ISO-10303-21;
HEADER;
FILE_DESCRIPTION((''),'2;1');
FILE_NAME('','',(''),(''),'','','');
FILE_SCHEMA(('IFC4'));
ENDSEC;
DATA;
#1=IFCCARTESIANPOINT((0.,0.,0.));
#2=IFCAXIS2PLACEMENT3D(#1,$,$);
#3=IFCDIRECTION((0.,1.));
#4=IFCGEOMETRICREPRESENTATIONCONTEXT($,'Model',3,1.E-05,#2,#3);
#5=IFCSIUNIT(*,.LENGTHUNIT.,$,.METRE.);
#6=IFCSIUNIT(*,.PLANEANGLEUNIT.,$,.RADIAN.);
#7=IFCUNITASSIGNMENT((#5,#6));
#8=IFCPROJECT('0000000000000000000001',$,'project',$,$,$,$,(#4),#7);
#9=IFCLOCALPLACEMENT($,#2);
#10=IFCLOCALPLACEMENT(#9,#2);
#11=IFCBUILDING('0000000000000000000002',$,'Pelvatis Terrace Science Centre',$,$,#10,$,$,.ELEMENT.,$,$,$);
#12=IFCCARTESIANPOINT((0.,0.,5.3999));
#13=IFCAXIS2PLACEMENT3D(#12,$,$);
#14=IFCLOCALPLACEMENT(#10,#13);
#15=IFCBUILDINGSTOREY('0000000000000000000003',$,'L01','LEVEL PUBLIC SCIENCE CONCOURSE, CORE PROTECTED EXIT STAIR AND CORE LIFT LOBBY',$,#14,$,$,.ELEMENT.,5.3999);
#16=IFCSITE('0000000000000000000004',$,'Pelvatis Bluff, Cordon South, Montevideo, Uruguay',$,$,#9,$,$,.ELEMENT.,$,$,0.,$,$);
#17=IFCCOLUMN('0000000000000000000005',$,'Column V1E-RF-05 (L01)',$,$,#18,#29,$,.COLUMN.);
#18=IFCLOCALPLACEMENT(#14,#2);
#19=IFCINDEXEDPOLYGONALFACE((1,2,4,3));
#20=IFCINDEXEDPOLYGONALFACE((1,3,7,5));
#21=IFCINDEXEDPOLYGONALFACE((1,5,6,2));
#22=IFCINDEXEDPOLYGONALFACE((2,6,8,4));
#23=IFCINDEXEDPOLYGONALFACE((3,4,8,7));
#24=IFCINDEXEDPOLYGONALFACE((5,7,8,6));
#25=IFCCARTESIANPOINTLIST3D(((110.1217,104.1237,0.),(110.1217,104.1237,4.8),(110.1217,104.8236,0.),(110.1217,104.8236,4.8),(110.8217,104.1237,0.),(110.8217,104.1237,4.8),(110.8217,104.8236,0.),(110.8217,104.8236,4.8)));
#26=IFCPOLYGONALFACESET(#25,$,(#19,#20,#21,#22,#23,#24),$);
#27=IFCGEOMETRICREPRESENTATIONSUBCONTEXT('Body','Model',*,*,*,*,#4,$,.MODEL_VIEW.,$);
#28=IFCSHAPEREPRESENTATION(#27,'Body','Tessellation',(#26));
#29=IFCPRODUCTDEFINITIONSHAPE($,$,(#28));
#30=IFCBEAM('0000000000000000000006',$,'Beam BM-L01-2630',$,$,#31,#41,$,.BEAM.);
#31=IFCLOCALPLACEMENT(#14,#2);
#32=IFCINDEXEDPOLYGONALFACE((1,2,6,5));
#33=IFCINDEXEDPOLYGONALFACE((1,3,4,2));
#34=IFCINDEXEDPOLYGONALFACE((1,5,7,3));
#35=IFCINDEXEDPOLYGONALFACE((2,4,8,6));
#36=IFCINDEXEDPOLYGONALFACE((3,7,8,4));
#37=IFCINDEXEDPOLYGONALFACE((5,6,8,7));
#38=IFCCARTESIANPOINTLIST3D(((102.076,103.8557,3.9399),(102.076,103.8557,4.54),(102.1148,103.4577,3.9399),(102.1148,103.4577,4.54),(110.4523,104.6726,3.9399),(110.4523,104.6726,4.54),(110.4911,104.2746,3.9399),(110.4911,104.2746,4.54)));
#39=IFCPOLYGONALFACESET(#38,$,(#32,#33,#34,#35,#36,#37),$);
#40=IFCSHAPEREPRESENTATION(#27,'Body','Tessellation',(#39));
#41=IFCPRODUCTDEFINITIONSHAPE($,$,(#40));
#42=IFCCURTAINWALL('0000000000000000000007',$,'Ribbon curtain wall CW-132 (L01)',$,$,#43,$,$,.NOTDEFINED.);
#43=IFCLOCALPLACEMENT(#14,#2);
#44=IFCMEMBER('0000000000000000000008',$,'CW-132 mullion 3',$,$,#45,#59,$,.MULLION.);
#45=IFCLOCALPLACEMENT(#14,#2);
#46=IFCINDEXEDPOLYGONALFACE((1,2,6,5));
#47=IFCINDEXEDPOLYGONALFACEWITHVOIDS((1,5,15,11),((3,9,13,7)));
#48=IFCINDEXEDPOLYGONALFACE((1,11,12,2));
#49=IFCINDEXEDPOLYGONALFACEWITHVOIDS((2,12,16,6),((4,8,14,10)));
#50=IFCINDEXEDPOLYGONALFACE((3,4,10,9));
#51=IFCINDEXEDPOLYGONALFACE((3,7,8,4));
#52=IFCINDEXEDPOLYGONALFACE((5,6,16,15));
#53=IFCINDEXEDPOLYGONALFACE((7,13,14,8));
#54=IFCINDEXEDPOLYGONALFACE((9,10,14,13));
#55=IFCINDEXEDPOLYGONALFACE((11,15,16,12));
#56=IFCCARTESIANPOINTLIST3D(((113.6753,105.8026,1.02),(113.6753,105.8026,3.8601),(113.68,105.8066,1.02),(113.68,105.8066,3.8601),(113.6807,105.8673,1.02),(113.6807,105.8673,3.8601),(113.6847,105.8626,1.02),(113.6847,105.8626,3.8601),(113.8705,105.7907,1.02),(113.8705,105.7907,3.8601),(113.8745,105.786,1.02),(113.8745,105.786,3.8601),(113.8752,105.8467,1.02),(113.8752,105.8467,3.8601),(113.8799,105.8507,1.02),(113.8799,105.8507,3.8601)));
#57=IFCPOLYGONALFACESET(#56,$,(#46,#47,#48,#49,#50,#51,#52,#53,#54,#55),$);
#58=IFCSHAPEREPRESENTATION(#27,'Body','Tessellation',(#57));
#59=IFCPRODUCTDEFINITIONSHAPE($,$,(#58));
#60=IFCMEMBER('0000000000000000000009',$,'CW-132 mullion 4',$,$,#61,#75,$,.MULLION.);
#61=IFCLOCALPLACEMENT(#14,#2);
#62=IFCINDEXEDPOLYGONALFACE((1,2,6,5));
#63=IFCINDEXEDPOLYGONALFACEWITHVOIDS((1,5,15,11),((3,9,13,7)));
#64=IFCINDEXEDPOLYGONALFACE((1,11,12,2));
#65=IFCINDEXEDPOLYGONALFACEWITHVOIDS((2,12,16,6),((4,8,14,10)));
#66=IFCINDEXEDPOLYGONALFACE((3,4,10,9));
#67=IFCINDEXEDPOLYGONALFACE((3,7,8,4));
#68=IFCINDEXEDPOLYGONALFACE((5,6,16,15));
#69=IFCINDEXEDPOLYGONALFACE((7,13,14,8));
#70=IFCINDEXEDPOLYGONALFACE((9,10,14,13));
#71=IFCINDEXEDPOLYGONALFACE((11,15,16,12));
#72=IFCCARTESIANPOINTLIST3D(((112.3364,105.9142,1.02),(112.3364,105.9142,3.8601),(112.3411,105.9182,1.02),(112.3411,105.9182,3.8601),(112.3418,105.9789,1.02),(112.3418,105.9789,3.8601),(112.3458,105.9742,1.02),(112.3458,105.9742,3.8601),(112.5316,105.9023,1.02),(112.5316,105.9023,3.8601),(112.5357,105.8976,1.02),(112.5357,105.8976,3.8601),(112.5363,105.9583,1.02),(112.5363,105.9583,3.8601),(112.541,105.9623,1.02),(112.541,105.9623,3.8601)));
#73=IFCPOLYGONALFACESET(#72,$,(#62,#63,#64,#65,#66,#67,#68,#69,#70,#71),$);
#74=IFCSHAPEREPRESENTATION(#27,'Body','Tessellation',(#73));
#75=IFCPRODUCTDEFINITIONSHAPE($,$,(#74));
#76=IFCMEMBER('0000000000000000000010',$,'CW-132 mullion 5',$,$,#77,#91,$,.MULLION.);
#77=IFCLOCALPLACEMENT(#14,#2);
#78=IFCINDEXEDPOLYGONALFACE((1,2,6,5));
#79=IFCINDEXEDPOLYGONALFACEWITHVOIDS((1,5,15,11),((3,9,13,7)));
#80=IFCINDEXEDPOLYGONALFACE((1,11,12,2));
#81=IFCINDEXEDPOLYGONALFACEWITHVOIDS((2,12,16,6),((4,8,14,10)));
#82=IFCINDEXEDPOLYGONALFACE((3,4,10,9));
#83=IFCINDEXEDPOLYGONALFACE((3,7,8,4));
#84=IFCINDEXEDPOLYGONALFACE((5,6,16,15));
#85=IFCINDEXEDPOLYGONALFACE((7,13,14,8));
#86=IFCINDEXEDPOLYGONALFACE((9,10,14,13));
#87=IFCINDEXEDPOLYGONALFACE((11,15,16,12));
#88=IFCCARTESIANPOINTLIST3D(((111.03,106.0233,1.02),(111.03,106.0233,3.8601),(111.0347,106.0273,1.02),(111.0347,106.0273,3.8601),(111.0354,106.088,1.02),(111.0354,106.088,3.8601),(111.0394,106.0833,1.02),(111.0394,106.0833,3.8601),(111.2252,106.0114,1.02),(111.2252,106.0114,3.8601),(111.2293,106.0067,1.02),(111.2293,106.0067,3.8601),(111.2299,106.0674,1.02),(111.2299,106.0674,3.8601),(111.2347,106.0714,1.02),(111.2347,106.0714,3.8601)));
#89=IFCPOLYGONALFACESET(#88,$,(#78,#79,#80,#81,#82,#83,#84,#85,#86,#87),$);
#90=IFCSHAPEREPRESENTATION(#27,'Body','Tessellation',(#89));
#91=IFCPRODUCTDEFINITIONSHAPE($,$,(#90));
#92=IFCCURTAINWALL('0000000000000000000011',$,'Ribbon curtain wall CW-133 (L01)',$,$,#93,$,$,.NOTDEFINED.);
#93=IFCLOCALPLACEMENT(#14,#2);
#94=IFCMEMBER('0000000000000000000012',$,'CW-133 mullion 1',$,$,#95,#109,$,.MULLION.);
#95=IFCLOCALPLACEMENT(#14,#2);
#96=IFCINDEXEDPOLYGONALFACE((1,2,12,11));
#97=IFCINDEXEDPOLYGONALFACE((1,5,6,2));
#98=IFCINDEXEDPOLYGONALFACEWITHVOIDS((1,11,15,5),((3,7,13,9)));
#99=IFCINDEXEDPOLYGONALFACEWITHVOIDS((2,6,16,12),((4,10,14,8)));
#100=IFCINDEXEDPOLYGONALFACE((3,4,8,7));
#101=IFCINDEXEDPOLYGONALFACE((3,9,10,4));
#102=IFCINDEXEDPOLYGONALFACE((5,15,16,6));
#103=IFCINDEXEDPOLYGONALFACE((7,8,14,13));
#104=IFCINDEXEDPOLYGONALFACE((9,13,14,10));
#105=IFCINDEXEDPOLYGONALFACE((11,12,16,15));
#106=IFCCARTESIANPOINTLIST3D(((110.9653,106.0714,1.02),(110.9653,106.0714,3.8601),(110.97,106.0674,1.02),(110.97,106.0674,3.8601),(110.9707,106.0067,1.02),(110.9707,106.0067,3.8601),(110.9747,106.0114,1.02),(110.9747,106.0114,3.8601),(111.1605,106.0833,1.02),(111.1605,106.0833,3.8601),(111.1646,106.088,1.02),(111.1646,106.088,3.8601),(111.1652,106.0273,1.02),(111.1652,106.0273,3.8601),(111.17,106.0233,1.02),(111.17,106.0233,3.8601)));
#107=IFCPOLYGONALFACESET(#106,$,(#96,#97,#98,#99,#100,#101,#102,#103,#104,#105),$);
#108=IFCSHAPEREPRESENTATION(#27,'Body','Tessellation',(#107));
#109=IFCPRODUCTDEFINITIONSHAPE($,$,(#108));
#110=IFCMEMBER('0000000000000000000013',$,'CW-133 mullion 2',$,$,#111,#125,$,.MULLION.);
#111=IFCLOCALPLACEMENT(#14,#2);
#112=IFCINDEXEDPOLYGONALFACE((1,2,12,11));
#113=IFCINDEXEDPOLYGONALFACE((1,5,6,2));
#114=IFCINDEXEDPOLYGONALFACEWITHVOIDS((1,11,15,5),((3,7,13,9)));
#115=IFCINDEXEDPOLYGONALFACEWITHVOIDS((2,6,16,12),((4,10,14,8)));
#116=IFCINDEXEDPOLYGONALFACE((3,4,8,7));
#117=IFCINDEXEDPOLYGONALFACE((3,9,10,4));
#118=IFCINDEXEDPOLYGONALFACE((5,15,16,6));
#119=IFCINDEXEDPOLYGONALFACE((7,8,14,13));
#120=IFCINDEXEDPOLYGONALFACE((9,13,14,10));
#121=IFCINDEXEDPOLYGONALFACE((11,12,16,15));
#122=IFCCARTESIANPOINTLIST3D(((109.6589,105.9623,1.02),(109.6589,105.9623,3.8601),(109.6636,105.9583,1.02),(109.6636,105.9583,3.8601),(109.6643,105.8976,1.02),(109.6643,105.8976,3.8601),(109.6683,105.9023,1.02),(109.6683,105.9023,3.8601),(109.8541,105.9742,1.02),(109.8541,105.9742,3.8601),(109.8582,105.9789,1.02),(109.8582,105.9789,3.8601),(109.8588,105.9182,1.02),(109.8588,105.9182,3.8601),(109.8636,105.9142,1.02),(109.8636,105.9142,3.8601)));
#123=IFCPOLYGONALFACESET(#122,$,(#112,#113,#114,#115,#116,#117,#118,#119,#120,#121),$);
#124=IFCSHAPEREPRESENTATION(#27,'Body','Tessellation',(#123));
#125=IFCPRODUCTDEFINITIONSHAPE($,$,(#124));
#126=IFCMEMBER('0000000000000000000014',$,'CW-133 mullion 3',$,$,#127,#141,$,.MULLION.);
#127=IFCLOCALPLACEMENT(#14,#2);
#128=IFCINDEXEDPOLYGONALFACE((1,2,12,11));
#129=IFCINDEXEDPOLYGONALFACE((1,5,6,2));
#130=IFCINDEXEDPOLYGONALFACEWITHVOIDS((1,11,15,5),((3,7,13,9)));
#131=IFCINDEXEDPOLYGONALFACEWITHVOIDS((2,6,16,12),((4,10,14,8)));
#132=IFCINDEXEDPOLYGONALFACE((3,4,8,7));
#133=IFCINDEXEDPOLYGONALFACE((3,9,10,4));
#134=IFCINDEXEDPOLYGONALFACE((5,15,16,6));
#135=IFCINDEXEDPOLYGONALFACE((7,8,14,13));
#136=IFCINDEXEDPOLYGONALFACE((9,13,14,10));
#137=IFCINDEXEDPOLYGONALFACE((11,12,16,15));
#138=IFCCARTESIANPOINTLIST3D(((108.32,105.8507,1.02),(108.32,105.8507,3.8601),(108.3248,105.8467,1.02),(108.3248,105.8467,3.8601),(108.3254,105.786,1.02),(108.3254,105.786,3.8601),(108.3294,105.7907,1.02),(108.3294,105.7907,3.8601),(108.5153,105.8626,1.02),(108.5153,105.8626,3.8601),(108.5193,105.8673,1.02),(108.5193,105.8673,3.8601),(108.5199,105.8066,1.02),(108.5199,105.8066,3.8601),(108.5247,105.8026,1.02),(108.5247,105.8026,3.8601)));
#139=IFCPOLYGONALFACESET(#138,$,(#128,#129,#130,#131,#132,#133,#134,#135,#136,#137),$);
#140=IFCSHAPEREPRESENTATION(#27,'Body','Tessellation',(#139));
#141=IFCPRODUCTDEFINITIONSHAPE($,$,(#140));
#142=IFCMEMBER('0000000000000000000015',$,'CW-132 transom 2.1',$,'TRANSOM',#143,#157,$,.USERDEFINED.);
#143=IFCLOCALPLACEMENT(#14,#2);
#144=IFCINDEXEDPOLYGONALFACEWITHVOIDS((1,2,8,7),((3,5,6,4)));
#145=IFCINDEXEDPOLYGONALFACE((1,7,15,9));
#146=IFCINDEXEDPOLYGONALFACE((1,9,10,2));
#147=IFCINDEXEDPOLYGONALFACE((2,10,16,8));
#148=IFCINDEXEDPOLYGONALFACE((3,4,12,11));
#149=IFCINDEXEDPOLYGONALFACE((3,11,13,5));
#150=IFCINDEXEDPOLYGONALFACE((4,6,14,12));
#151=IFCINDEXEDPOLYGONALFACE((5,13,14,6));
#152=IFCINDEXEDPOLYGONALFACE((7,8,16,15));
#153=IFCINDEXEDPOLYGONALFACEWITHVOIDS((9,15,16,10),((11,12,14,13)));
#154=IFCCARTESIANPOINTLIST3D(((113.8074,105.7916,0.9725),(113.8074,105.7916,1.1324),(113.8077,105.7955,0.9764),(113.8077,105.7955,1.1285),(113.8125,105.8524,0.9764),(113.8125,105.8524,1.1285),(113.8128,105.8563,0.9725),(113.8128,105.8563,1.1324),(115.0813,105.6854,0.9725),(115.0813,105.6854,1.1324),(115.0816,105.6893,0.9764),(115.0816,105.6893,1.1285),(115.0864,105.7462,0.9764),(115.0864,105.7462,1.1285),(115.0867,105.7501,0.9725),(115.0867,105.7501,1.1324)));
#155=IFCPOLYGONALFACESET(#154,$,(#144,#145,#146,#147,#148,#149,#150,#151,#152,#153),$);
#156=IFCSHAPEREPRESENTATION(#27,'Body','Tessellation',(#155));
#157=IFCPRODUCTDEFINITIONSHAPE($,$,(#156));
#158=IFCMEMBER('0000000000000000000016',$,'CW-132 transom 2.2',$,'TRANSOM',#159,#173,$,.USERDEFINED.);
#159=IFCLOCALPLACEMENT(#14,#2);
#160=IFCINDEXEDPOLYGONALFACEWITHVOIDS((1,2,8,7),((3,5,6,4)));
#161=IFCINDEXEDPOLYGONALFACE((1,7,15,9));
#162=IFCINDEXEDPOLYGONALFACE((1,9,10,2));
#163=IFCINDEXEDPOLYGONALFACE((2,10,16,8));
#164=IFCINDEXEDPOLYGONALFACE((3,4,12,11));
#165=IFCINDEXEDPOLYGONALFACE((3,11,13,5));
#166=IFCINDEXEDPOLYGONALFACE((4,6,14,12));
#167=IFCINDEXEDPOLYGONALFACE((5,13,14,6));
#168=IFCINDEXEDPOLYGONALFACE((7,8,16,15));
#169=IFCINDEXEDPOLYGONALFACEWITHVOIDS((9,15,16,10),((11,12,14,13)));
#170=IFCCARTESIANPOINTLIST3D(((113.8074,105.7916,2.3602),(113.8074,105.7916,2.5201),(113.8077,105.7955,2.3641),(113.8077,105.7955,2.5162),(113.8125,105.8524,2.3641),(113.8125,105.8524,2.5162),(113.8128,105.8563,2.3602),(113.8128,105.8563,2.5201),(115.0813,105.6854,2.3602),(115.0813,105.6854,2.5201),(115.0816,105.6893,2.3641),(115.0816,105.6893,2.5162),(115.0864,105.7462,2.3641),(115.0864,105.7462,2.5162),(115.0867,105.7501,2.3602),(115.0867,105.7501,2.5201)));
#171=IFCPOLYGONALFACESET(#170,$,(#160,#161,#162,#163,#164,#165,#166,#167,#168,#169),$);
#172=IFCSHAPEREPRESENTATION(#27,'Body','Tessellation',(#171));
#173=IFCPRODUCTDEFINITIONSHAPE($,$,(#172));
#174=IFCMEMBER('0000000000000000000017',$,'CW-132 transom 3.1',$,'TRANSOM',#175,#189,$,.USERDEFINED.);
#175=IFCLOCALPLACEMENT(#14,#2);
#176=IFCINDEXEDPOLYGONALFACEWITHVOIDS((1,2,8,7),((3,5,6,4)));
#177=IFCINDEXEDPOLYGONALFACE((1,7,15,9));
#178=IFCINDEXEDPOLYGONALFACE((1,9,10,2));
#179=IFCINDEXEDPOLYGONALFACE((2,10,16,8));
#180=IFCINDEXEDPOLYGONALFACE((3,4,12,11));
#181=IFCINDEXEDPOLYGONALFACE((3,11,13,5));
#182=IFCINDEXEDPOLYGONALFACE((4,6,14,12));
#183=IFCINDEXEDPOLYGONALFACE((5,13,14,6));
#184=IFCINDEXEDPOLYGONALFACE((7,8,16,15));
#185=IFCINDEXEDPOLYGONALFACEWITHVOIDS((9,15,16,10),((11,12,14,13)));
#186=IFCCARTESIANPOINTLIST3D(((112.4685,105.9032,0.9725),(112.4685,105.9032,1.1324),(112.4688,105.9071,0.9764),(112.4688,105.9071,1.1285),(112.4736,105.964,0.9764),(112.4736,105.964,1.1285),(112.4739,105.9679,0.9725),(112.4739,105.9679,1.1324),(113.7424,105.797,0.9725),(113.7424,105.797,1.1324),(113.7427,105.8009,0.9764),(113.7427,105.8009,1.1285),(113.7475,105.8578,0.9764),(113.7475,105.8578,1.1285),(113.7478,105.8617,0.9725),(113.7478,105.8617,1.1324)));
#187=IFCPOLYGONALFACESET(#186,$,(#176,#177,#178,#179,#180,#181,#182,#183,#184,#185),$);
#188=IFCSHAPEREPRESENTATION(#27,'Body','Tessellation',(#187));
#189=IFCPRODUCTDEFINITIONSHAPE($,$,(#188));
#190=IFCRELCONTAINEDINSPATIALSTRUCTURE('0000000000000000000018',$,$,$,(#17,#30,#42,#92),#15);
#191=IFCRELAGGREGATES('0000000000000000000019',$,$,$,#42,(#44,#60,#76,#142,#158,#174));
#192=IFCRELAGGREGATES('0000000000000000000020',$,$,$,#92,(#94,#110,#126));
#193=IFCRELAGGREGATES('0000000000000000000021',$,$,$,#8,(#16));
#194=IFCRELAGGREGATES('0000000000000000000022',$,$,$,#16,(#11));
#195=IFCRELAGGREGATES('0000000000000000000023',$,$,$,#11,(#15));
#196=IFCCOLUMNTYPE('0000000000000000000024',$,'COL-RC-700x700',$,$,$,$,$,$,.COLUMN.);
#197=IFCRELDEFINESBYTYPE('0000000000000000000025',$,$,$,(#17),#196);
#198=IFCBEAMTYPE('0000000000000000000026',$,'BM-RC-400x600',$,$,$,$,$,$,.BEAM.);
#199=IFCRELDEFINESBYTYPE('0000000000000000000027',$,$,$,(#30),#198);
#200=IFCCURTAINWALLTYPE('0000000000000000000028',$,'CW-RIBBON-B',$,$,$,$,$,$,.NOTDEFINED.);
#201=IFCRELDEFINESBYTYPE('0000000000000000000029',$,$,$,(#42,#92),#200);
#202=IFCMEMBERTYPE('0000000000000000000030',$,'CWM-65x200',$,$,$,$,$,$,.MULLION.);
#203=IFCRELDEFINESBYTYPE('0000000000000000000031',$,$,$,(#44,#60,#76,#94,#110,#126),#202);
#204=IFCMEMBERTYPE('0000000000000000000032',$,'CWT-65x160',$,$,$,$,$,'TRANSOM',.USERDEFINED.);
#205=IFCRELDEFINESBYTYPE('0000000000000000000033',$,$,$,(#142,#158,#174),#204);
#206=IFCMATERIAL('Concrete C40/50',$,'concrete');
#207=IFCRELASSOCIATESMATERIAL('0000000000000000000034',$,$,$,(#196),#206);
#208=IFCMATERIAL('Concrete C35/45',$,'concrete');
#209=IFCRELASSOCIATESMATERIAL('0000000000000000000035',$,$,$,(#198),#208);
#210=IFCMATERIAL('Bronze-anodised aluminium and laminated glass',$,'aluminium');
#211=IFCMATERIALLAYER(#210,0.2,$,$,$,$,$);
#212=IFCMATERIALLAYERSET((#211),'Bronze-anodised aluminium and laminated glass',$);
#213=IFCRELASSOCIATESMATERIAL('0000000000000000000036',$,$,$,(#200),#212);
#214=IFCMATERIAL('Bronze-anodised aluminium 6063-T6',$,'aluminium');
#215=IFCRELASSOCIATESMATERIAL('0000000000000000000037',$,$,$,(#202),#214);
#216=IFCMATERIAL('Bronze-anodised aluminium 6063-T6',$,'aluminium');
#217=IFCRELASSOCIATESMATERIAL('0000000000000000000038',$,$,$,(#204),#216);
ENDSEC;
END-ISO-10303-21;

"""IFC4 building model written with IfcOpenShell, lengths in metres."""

from ifc_helpers import new_model, si_unit, direction, frame, origin, origin_2d, place, context, subcontext, project, spatial, rectangle, hollow_rectangle, extrude, material, layer, layer_set, material_profile, profile_set, type_object, element, aggregate, save


model = new_model("IFC4")

# Units and contexts
model_context = context("Model", 3, precision=1e-05, world=origin(), true_north=direction((0.0, 1.0)))
body_context = subcontext(model_context, "Body", "Model", "MODEL_VIEW")
ifc_project = project(units=[si_unit("LENGTHUNIT", "METRE"), si_unit("PLANEANGLEUNIT", "RADIAN")], contexts=[model_context])

# Site, building, storey
site_placement = place(None, origin())
site = spatial("IfcSite", under=ifc_project, at=site_placement, Name="Pelvatis Bluff, Cordon South, Montevideo, Uruguay", CompositionType="ELEMENT", RefElevation=0.0)
building_placement = place(site_placement, origin())
building = spatial("IfcBuilding", under=site, at=building_placement, Name="Pelvatis Terrace Science Centre", CompositionType="ELEMENT")
storey_placement = place(building_placement, frame((0.0, 0.0, 5.3999)))
storey = spatial("IfcBuildingStorey", under=building, at=storey_placement, Name="L01", Description="LEVEL PUBLIC SCIENCE CONCOURSE, CORE PROTECTED EXIT STAIR AND CORE LIFT LOBBY", CompositionType="ELEMENT", Elevation=5.3999)

# Column
ifc_material_1 = material(Name="Concrete C40/50", Category="concrete")
ifc_material_profile_1 = material_profile(ifc_material_1, rectangle(XDim=0.7, YDim=0.7, at=origin_2d()), Name="RC-COL 700x700")
ifc_profile_set_1 = profile_set([ifc_material_profile_1], Name="Concrete C40/50")
column_type = type_object("IfcColumnType", Name="COL-RC-700x700", PredefinedType="COLUMN", material=ifc_profile_set_1)
column_placement = place(storey_placement, frame((110.4717, 104.4736, 0.0), z_axis=(0.0, 0.0, 1.0), x_axis=(1.0, 0.0, 0.0)))
element("IfcColumn", 1, at=column_placement, inside=storey, type_object=column_type, Name="Column V1E-RF-05 (L01)", PredefinedType="COLUMN", context=body_context, shape_type="SweptSolid", body=[
    extrude(rectangle(XDim=0.7, YDim=0.7, at=origin_2d()), origin(), (0.0, 0.0, 1.0), 4.8),
])

# Beam
ifc_material_2 = material(Name="Concrete C35/45", Category="concrete")
ifc_material_profile_2 = material_profile(ifc_material_2, rectangle(XDim=0.3999, YDim=0.6001, at=origin_2d()), Name="RC-BM 400x600")
ifc_profile_set_2 = profile_set([ifc_material_profile_2], Name="Concrete C35/45")
beam_type = type_object("IfcBeamType", Name="BM-RC-400x600", PredefinedType="BEAM", material=ifc_profile_set_2)
beam_placement = place(storey_placement, frame((110.4717, 104.4736, 4.24), z_axis=(-0.995278, -0.097065, 0.0), x_axis=(0.097065, -0.995278, 0.0)))
element("IfcBeam", 2, at=beam_placement, inside=storey, type_object=beam_type, Name="Beam BM-L01-2630", PredefinedType="BEAM", context=body_context, shape_type="SweptSolid", body=[
    extrude(rectangle(XDim=0.3999, YDim=0.6001, at=origin_2d()), origin(), (0.0, 0.0, 1.0), 8.416),
])

# Curtain walls, members
ifc_material_3 = material(Name="Bronze-anodised aluminium and laminated glass", Category="aluminium")
ifc_layer_1 = layer(ifc_material_3, 0.2)
ifc_layer_set_1 = layer_set([ifc_layer_1], Name="Bronze-anodised aluminium and laminated glass")
curtain_wall_type = type_object("IfcCurtainWallType", Name="CW-RIBBON-B", PredefinedType="NOTDEFINED", material=ifc_layer_set_1)
curtain_wall_1_placement = place(storey_placement, origin())
curtain_wall_1 = element("IfcCurtainWall", 3, at=curtain_wall_1_placement, inside=storey, type_object=curtain_wall_type, Name="Ribbon curtain wall CW-132 (L01)", PredefinedType="NOTDEFINED")
ifc_material_4 = material(Name="Bronze-anodised aluminium 6063-T6", Category="aluminium")
ifc_material_profile_3 = material_profile(ifc_material_4, hollow_rectangle(XDim=0.0649, YDim=0.2, WallThickness=0.0044, at=origin_2d()), Name="ALU-MUL 65x200")
ifc_profile_set_3 = profile_set([ifc_material_profile_3], Name="Bronze-anodised aluminium 6063-T6")
member_type_1 = type_object("IfcMemberType", Name="CWM-65x200", PredefinedType="MULLION", material=ifc_profile_set_3)
member_1_placement = place(storey_placement, frame((113.7776, 105.8267, 1.02), z_axis=(0.0, 0.0, 1.0), x_axis=(-0.083126, -0.996539, 0.0)))
member_1 = element("IfcMember", 4, at=member_1_placement, type_object=member_type_1, Name="CW-132 mullion 3", PredefinedType="MULLION", context=body_context, shape_type="SweptSolid", body=[
    extrude(hollow_rectangle(XDim=0.0649, YDim=0.2, WallThickness=0.0044, at=origin_2d()), origin(), (0.0, 0.0, 1.0), 2.8401),
])
member_2_placement = place(storey_placement, frame((112.4387, 105.9382, 1.02), z_axis=(0.0, 0.0, 1.0), x_axis=(-0.083126, -0.996539, 0.0)))
member_2 = element("IfcMember", 5, at=member_2_placement, type_object=member_type_1, Name="CW-132 mullion 4", PredefinedType="MULLION", context=body_context, shape_type="SweptSolid", body=[
    extrude(hollow_rectangle(XDim=0.0649, YDim=0.2, WallThickness=0.0044, at=origin_2d()), origin(), (0.0, 0.0, 1.0), 2.8401),
])
member_3_placement = place(storey_placement, frame((111.1323, 106.0474, 1.02), z_axis=(0.0, 0.0, 1.0), x_axis=(-0.083126, -0.996539, 0.0)))
member_3 = element("IfcMember", 6, at=member_3_placement, type_object=member_type_1, Name="CW-132 mullion 5", PredefinedType="MULLION", context=body_context, shape_type="SweptSolid", body=[
    extrude(hollow_rectangle(XDim=0.0649, YDim=0.2, WallThickness=0.0044, at=origin_2d()), origin(), (0.0, 0.0, 1.0), 2.8401),
])
curtain_wall_2_placement = place(storey_placement, origin())
curtain_wall_2 = element("IfcCurtainWall", 7, at=curtain_wall_2_placement, inside=storey, type_object=curtain_wall_type, Name="Ribbon curtain wall CW-133 (L01)", PredefinedType="NOTDEFINED")
member_4_placement = place(storey_placement, frame((111.0676, 106.0474, 1.02), z_axis=(0.0, 0.0, 1.0), x_axis=(0.083126, -0.996539, 0.0)))
member_4 = element("IfcMember", 8, at=member_4_placement, type_object=member_type_1, Name="CW-133 mullion 1", PredefinedType="MULLION", context=body_context, shape_type="SweptSolid", body=[
    extrude(hollow_rectangle(XDim=0.0649, YDim=0.2, WallThickness=0.0044, at=origin_2d()), origin(), (0.0, 0.0, 1.0), 2.8401),
])
member_5_placement = place(storey_placement, frame((109.7612, 105.9382, 1.02), z_axis=(0.0, 0.0, 1.0), x_axis=(0.083126, -0.996539, 0.0)))
member_5 = element("IfcMember", 9, at=member_5_placement, type_object=member_type_1, Name="CW-133 mullion 2", PredefinedType="MULLION", context=body_context, shape_type="SweptSolid", body=[
    extrude(hollow_rectangle(XDim=0.0649, YDim=0.2, WallThickness=0.0044, at=origin_2d()), origin(), (0.0, 0.0, 1.0), 2.8401),
])
member_6_placement = place(storey_placement, frame((108.4224, 105.8267, 1.02), z_axis=(0.0, 0.0, 1.0), x_axis=(0.083126, -0.996539, 0.0)))
member_6 = element("IfcMember", 10, at=member_6_placement, type_object=member_type_1, Name="CW-133 mullion 3", PredefinedType="MULLION", context=body_context, shape_type="SweptSolid", body=[
    extrude(hollow_rectangle(XDim=0.0649, YDim=0.2, WallThickness=0.0044, at=origin_2d()), origin(), (0.0, 0.0, 1.0), 2.8401),
])

# Members
ifc_material_5 = material(Name="Bronze-anodised aluminium 6063-T6", Category="aluminium")
ifc_material_profile_4 = material_profile(ifc_material_5, hollow_rectangle(XDim=0.0649, YDim=0.1599, WallThickness=0.0039, at=origin_2d()), Name="ALU-TRN 65x160")
ifc_profile_set_4 = profile_set([ifc_material_profile_4], Name="Bronze-anodised aluminium 6063-T6")
member_type_2 = type_object("IfcMemberType", Name="CWT-65x160", ElementType="TRANSOM", PredefinedType="USERDEFINED", material=ifc_profile_set_4)
member_7_placement = place(storey_placement, frame((115.084, 105.7178, 1.0525), z_axis=(-0.996543, 0.083077, 0.0), x_axis=(-0.083077, -0.996543, 0.0)))
member_7 = element("IfcMember", 11, at=member_7_placement, type_object=member_type_2, Name="CW-132 transom 2.1", ObjectType="TRANSOM", PredefinedType="USERDEFINED", context=body_context, shape_type="SweptSolid", body=[
    extrude(hollow_rectangle(XDim=0.0649, YDim=0.1599, WallThickness=0.0039, at=origin_2d()), origin(), (0.0, 0.0, 1.0), 1.2783),
])
member_8_placement = place(storey_placement, frame((115.084, 105.7178, 2.4402), z_axis=(-0.996543, 0.083077, 0.0), x_axis=(-0.083077, -0.996543, 0.0)))
member_8 = element("IfcMember", 12, at=member_8_placement, type_object=member_type_2, Name="CW-132 transom 2.2", ObjectType="TRANSOM", PredefinedType="USERDEFINED", context=body_context, shape_type="SweptSolid", body=[
    extrude(hollow_rectangle(XDim=0.0649, YDim=0.1599, WallThickness=0.0039, at=origin_2d()), origin(), (0.0, 0.0, 1.0), 1.2783),
])
member_9_placement = place(storey_placement, frame((113.7451, 105.8293, 1.0525), z_axis=(-0.996543, 0.083077, 0.0), x_axis=(-0.083077, -0.996543, 0.0)))
member_9 = element("IfcMember", 13, at=member_9_placement, type_object=member_type_2, Name="CW-132 transom 3.1", ObjectType="TRANSOM", PredefinedType="USERDEFINED", context=body_context, shape_type="SweptSolid", body=[
    extrude(hollow_rectangle(XDim=0.0649, YDim=0.1599, WallThickness=0.0039, at=origin_2d()), origin(), (0.0, 0.0, 1.0), 1.2783),
])

aggregate(curtain_wall_1, [member_1, member_2, member_3, member_7, member_8, member_9])
aggregate(curtain_wall_2, [member_4, member_5, member_6])

save(model, "model.ifc")
